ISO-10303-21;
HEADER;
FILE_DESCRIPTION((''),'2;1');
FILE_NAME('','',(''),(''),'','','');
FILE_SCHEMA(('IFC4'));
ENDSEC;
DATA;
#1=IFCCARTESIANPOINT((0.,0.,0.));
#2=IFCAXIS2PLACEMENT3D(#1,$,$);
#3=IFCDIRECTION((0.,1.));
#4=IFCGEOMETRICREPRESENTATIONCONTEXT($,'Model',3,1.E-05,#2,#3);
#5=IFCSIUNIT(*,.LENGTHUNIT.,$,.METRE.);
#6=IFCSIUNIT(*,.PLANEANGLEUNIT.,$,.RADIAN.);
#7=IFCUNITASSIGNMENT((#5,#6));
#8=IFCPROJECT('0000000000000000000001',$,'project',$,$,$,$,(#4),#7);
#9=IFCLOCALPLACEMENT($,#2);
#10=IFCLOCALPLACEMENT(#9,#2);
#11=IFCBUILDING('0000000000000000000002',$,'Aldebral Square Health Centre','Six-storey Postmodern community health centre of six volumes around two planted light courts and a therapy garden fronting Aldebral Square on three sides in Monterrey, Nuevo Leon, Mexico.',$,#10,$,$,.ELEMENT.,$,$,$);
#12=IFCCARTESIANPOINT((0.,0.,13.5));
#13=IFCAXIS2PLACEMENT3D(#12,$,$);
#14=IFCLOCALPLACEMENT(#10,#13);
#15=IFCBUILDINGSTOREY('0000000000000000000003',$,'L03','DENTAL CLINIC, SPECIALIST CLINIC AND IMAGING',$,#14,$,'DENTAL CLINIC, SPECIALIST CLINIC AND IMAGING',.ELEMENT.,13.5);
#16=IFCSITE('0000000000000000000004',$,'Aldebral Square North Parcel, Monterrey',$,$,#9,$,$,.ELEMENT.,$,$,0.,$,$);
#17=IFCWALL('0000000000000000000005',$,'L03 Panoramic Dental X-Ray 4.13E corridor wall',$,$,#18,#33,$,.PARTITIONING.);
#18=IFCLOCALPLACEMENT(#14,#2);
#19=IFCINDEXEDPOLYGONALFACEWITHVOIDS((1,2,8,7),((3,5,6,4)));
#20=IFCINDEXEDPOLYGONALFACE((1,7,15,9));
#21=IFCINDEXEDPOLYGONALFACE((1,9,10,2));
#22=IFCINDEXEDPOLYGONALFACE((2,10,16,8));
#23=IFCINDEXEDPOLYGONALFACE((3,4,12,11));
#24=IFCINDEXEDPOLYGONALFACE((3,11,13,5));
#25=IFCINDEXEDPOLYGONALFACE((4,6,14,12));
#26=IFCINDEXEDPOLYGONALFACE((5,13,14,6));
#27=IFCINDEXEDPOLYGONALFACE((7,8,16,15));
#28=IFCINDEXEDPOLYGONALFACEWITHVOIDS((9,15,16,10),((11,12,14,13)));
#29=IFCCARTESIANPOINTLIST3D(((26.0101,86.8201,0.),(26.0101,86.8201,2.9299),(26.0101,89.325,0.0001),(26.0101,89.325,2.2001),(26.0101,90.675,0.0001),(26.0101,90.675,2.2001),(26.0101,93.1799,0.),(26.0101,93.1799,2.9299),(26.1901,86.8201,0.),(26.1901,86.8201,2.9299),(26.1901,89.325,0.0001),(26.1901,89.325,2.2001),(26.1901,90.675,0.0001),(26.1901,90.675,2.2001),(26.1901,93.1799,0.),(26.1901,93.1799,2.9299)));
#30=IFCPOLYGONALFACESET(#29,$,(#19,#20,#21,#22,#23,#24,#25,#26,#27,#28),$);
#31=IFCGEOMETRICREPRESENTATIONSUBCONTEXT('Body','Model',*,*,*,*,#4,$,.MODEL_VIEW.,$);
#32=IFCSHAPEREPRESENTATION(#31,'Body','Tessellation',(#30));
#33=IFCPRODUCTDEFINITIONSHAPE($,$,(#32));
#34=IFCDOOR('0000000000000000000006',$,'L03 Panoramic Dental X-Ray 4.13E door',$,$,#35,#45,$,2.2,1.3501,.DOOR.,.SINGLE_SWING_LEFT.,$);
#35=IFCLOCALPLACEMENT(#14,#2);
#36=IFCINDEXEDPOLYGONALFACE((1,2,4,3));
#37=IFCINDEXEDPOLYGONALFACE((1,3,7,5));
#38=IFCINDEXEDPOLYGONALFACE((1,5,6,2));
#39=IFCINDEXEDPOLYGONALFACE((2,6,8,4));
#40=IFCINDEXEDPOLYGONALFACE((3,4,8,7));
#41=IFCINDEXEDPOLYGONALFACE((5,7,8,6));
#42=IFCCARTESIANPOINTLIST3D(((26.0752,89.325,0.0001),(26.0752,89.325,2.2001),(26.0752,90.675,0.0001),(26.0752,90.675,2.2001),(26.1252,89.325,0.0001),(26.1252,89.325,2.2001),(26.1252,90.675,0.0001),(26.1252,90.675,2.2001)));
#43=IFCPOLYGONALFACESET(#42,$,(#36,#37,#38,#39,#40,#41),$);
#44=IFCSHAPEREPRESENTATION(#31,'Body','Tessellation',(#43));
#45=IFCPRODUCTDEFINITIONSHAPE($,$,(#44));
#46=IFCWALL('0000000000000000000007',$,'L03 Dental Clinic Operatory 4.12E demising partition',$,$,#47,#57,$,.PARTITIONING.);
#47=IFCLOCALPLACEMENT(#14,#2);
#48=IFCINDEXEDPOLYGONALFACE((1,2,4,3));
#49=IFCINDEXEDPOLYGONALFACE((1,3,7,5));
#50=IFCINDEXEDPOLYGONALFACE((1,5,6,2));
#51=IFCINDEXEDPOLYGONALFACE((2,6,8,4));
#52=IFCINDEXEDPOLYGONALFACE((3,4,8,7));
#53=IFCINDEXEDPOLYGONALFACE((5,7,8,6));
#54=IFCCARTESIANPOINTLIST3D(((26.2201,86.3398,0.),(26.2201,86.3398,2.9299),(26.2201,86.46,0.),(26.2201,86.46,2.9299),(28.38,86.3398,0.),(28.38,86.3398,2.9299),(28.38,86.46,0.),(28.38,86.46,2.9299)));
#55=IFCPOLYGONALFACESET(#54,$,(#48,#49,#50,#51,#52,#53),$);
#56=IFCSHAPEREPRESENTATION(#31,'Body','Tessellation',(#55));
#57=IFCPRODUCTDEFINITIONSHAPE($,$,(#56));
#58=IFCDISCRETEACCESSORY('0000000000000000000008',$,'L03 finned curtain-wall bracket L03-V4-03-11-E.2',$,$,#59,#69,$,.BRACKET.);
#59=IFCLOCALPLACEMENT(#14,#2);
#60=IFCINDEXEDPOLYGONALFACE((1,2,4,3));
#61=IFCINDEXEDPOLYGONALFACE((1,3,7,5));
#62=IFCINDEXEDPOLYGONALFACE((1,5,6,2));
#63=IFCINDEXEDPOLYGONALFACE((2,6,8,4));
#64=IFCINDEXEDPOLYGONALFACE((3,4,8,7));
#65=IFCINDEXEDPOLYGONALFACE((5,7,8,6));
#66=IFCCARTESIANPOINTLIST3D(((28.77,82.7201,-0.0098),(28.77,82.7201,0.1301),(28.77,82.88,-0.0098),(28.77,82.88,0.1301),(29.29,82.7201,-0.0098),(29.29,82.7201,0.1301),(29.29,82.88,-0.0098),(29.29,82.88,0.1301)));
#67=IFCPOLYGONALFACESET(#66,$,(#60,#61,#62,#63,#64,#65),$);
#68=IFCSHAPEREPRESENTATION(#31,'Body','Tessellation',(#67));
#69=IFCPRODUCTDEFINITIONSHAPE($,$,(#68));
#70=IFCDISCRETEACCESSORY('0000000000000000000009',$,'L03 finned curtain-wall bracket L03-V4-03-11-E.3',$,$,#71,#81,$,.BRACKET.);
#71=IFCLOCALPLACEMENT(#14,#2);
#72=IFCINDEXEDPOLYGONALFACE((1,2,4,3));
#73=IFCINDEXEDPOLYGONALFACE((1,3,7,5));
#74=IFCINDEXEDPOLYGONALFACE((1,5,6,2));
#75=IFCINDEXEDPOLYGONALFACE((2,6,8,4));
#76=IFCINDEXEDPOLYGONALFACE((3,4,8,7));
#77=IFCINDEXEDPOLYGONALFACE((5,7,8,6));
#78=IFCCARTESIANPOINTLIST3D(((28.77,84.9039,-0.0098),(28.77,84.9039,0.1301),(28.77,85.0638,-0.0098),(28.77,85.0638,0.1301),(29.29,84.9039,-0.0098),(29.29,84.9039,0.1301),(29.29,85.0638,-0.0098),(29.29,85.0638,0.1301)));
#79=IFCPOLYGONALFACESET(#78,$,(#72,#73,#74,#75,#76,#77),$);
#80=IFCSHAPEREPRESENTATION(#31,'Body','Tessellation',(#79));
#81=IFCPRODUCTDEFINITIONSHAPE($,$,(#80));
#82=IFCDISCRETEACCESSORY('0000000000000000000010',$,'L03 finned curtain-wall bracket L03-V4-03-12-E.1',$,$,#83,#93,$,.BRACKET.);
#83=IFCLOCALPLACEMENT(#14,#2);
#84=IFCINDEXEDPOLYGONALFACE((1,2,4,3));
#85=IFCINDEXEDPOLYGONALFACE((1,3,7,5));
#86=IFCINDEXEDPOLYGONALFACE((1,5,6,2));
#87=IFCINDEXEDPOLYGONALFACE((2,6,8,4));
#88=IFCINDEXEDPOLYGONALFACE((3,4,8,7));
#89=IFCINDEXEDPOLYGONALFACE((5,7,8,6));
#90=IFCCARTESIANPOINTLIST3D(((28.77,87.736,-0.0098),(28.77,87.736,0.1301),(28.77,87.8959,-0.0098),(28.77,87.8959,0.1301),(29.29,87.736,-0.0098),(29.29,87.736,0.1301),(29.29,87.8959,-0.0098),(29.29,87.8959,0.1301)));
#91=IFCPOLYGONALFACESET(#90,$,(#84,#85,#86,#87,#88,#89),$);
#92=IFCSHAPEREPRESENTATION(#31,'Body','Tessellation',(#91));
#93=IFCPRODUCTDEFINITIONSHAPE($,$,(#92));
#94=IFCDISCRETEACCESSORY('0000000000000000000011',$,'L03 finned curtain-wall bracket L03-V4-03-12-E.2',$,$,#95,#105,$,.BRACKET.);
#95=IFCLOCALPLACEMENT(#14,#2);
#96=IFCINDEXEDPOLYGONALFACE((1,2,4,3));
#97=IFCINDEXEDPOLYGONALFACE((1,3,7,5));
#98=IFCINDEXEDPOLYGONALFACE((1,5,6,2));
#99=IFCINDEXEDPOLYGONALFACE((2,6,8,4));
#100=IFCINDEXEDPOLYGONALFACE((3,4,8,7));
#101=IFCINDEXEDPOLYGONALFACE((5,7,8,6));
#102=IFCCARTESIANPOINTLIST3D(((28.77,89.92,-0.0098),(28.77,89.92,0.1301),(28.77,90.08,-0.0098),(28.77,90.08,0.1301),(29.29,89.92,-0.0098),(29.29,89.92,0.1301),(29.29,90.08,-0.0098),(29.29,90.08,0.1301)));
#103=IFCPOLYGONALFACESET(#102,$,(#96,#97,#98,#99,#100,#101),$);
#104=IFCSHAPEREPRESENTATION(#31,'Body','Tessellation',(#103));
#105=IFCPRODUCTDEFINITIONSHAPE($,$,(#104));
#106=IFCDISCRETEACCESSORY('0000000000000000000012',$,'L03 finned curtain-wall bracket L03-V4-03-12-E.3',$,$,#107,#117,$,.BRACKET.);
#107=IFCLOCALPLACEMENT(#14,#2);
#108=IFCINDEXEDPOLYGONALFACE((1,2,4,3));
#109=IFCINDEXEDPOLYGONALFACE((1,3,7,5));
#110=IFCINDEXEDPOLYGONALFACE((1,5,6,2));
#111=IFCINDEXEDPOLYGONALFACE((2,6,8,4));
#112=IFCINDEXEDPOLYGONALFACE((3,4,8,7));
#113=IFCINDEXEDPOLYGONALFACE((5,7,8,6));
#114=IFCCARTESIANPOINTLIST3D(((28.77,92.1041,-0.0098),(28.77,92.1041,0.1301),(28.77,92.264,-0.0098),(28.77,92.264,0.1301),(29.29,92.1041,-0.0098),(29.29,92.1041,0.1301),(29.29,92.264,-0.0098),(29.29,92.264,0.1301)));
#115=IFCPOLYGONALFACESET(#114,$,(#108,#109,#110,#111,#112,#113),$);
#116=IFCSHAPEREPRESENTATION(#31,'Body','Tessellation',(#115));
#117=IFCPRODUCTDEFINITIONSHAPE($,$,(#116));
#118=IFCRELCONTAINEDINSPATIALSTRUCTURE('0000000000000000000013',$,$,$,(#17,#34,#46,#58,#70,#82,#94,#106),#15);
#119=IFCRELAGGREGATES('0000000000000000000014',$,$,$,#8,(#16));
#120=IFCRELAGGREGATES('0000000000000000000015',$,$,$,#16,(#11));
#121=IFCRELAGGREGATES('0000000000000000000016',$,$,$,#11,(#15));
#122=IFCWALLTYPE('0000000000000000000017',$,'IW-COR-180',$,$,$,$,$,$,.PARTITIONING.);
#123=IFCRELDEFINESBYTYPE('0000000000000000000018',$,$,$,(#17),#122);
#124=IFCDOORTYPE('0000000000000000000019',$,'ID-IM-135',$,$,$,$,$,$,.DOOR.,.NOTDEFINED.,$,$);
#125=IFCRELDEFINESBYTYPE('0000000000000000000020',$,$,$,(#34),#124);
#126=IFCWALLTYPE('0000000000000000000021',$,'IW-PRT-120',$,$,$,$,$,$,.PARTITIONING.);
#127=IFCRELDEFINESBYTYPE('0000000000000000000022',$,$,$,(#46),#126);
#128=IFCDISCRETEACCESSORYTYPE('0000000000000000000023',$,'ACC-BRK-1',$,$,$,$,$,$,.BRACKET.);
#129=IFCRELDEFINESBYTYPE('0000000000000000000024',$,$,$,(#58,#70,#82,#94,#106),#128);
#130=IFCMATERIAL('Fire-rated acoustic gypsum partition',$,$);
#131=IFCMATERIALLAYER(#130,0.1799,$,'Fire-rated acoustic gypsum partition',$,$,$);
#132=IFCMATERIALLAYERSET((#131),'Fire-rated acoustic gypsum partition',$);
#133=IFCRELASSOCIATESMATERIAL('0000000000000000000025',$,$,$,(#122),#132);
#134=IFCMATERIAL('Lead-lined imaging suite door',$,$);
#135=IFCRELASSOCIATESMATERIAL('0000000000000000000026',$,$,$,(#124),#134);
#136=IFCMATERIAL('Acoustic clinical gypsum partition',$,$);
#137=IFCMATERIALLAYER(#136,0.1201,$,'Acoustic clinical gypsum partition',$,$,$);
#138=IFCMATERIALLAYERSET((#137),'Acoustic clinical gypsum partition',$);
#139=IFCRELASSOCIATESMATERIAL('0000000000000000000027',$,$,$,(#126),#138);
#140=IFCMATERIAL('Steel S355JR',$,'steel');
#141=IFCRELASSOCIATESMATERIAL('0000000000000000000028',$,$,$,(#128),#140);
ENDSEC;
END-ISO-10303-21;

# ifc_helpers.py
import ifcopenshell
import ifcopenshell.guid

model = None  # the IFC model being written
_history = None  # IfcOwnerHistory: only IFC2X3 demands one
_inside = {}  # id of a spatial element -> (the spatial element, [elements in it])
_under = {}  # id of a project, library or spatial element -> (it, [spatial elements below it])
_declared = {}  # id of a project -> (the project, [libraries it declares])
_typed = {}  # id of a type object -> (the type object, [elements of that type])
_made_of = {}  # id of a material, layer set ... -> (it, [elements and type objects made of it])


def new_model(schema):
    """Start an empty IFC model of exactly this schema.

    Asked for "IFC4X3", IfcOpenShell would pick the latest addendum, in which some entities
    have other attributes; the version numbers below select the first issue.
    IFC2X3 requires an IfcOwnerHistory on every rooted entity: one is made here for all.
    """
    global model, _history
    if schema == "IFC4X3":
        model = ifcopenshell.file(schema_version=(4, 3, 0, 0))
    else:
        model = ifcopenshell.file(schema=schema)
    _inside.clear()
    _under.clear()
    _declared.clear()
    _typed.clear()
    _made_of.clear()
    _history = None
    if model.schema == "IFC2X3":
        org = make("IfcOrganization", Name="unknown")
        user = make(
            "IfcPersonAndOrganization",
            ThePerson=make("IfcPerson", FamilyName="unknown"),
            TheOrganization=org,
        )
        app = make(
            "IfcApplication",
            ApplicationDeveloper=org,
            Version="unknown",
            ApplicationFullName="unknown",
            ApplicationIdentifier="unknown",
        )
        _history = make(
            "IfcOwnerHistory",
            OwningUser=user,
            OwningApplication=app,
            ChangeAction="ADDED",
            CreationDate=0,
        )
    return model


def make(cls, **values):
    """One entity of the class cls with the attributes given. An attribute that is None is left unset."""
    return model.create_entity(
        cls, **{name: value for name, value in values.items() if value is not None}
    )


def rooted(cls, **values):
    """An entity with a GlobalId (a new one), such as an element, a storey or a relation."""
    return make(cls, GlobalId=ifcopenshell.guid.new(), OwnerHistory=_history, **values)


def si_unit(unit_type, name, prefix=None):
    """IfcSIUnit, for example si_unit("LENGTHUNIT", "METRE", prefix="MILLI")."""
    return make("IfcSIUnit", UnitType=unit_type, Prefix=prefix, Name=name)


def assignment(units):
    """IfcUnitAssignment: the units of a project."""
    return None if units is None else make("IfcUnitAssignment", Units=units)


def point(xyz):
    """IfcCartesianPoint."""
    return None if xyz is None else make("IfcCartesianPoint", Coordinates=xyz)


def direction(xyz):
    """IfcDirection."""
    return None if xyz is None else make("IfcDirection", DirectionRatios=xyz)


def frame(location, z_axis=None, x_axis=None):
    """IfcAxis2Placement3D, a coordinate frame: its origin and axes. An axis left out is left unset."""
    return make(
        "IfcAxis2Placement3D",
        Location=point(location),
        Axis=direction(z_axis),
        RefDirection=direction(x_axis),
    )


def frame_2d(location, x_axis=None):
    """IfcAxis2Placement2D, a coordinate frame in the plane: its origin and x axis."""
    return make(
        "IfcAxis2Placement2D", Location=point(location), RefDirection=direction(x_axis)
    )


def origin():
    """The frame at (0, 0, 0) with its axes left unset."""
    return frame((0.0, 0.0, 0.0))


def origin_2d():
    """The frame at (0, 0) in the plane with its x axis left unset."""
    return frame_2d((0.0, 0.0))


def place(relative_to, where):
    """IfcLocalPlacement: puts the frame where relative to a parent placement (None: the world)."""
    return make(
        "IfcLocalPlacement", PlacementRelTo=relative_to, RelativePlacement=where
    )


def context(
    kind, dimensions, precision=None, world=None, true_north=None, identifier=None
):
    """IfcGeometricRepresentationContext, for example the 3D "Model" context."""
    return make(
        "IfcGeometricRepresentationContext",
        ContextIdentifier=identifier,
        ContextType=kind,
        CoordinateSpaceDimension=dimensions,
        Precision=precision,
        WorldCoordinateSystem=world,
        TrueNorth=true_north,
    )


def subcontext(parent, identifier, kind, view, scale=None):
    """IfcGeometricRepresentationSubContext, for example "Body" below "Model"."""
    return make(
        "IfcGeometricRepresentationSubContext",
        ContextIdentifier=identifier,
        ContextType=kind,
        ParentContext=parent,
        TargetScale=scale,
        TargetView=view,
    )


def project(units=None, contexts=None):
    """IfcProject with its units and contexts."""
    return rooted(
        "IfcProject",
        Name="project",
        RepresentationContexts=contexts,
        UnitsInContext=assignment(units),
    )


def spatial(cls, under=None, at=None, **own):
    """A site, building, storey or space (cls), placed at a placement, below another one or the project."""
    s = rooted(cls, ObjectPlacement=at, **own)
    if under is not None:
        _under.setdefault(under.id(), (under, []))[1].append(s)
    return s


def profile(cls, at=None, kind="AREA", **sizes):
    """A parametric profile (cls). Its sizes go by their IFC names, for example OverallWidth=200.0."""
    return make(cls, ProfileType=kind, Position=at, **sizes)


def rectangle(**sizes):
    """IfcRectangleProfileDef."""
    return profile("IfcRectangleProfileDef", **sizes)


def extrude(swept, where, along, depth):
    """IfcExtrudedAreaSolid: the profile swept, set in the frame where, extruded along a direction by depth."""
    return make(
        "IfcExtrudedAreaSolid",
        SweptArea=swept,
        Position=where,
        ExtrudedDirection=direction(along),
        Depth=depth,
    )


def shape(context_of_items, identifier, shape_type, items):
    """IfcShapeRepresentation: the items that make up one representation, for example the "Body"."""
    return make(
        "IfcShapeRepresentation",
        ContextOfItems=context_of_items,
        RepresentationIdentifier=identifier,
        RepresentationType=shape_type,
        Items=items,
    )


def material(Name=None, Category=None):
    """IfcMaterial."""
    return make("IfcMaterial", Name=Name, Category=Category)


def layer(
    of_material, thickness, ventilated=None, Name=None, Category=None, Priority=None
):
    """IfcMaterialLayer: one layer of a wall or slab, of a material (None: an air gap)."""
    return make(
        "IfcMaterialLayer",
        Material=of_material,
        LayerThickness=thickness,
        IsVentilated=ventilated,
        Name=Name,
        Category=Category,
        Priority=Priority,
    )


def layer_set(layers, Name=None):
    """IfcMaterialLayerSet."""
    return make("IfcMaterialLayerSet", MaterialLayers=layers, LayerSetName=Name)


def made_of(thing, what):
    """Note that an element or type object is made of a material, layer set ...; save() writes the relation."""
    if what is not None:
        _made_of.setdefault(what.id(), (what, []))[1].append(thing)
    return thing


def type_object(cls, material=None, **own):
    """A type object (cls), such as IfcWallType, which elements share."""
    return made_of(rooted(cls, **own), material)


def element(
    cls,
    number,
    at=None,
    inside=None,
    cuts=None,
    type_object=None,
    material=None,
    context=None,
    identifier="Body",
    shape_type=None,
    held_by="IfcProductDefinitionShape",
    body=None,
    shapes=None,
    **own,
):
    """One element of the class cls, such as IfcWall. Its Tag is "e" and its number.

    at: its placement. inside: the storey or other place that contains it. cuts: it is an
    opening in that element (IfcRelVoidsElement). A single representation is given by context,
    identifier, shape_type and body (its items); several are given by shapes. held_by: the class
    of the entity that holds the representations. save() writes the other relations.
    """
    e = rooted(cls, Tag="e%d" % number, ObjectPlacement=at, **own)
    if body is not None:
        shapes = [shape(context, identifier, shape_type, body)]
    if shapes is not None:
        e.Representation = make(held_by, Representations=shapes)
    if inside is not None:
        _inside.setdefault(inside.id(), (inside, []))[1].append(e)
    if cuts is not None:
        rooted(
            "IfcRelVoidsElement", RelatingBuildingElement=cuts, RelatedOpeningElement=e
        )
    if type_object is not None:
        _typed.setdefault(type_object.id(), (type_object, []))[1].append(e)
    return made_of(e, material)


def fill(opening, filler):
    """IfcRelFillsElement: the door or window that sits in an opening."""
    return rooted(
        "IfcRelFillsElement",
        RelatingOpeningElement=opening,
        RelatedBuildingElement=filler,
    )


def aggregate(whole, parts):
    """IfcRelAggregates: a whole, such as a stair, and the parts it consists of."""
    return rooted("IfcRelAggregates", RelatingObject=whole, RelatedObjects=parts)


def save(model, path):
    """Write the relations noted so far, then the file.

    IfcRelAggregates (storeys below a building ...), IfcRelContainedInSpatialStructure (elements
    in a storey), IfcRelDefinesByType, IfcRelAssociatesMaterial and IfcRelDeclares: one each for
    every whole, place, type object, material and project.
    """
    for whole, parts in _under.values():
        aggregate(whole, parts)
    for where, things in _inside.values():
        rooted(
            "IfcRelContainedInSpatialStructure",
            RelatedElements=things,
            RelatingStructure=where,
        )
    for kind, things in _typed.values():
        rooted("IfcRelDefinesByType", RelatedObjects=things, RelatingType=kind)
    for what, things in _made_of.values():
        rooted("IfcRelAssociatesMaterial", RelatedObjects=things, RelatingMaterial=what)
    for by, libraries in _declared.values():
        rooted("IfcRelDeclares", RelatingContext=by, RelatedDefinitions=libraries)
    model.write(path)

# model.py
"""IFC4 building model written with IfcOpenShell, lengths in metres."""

from ifc_helpers import new_model, si_unit, direction, frame, frame_2d, origin, origin_2d, place, context, subcontext, project, spatial, rectangle, extrude, material, layer, layer_set, type_object, element, fill, save


model = new_model("IFC4")

# Units and contexts
model_context = context("Model", 3, precision=1e-05, world=origin(), true_north=direction((0.0, 1.0)))
body_context = subcontext(model_context, "Body", "Model", "MODEL_VIEW")
ifc_project = project(units=[si_unit("LENGTHUNIT", "METRE"), si_unit("PLANEANGLEUNIT", "RADIAN")], contexts=[model_context])

# Site, building, storey
site_placement = place(None, origin())
site = spatial("IfcSite", under=ifc_project, at=site_placement, Name="Aldebral Square North Parcel, Monterrey", CompositionType="ELEMENT", RefElevation=0.0)
building_placement = place(site_placement, origin())
building = spatial("IfcBuilding", under=site, at=building_placement, Name="Aldebral Square Health Centre", Description="Six-storey Postmodern community health centre of six volumes around two planted light courts and a therapy garden fronting Aldebral Square on three sides in Monterrey, Nuevo Leon, Mexico.", CompositionType="ELEMENT")
storey_placement = place(building_placement, frame((0.0, 0.0, 13.5)))
storey = spatial("IfcBuildingStorey", under=building, at=storey_placement, Name="L03", Description="DENTAL CLINIC, SPECIALIST CLINIC AND IMAGING", LongName="DENTAL CLINIC, SPECIALIST CLINIC AND IMAGING", CompositionType="ELEMENT", Elevation=13.5)

# Wall, opening, door
ifc_material_1 = material(Name="Fire-rated acoustic gypsum partition")
ifc_layer_1 = layer(ifc_material_1, 0.1799, Name="Fire-rated acoustic gypsum partition")
ifc_layer_set_1 = layer_set([ifc_layer_1], Name="Fire-rated acoustic gypsum partition")
wall_type_1 = type_object("IfcWallType", Name="IW-COR-180", PredefinedType="PARTITIONING", material=ifc_layer_set_1)
wall_1_placement = place(storey_placement, frame((26.1001, 86.8201, 0.0), z_axis=(0.0, 0.0, 1.0), x_axis=(0.0, 1.0, 0.0)))
wall_1 = element("IfcWall", 1, at=wall_1_placement, inside=storey, type_object=wall_type_1, Name="L03 Panoramic Dental X-Ray 4.13E corridor wall", PredefinedType="PARTITIONING", context=body_context, shape_type="SweptSolid", body=[
    extrude(rectangle(XDim=6.3599, YDim=0.1799, at=frame_2d((3.1799, 0.0))), origin(), (0.0, 0.0, 1.0), 2.9299),
])
opening_1_placement = place(wall_1_placement, frame((2.5049, 0.0, 0.0)))
opening_1 = element("IfcOpeningElement", 2, at=opening_1_placement, cuts=wall_1, PredefinedType="OPENING", context=body_context, shape_type="SweptSolid", body=[
    extrude(rectangle(XDim=1.3501, YDim=2.2, at=frame_2d((0.675, 1.1001))), frame((0.0, 0.1001, 0.0), z_axis=(0.0, -1.0, 0.0), x_axis=(1.0, 0.0, 0.0)), (0.0, 0.0, 1.0), 0.2),
])
ifc_material_2 = material(Name="Lead-lined imaging suite door")
door_type_1 = type_object("IfcDoorType", Name="ID-IM-135", OperationType="NOTDEFINED", PredefinedType="DOOR", material=ifc_material_2)
door_1_placement = place(opening_1_placement, origin())
door_1 = element("IfcDoor", 3, at=door_1_placement, inside=storey, type_object=door_type_1, Name="L03 Panoramic Dental X-Ray 4.13E door", OperationType="SINGLE_SWING_LEFT", OverallHeight=2.2, OverallWidth=1.3501, PredefinedType="DOOR", context=body_context, shape_type="SweptSolid", body=[
    extrude(rectangle(XDim=1.3501, YDim=2.2, at=frame_2d((0.675, 1.1001))), frame((0.0, 0.0249, 0.0), z_axis=(0.0, -1.0, 0.0), x_axis=(1.0, 0.0, 0.0)), (0.0, 0.0, 1.0), 0.05),
])
fill(opening_1, door_1)

# Wall
ifc_material_3 = material(Name="Acoustic clinical gypsum partition")
ifc_layer_2 = layer(ifc_material_3, 0.1201, Name="Acoustic clinical gypsum partition")
ifc_layer_set_2 = layer_set([ifc_layer_2], Name="Acoustic clinical gypsum partition")
wall_type_2 = type_object("IfcWallType", Name="IW-PRT-120", PredefinedType="PARTITIONING", material=ifc_layer_set_2)
wall_2_placement = place(storey_placement, frame((26.22, 86.3999, 0.0), z_axis=(0.0, 0.0, 1.0), x_axis=(1.0, 0.0, 0.0)))
element("IfcWall", 4, at=wall_2_placement, inside=storey, type_object=wall_type_2, Name="L03 Dental Clinic Operatory 4.12E demising partition", PredefinedType="PARTITIONING", context=body_context, shape_type="SweptSolid", body=[
    extrude(rectangle(XDim=2.1599, YDim=0.1201, at=frame_2d((1.0801, 0.0))), origin(), (0.0, 0.0, 1.0), 2.9299),
])

# Discrete accessories
ifc_material_4 = material(Name="Steel S355JR", Category="steel")
discrete_accessory_type = type_object("IfcDiscreteAccessoryType", Name="ACC-BRK-1", PredefinedType="BRACKET", material=ifc_material_4)
for number, where, z_axis, x_axis, name in (
    (5, (29.03, 82.8, -0.0098), (0.0, 0.0, 1.0), (0.0, 1.0, 0.0), "L03 finned curtain-wall bracket L03-V4-03-11-E.2"),
    (6, (29.03, 84.9839, -0.0098), (0.0, 0.0, 1.0), (0.0, 1.0, 0.0), "L03 finned curtain-wall bracket L03-V4-03-11-E.3"),
    (7, (29.03, 87.8159, -0.0098), (0.0, 0.0, 1.0), (0.0, 1.0, 0.0), "L03 finned curtain-wall bracket L03-V4-03-12-E.1"),
    (8, (29.03, 90.0, -0.0098), (0.0, 0.0, 1.0), (0.0, 1.0, 0.0), "L03 finned curtain-wall bracket L03-V4-03-12-E.2"),
    (9, (29.03, 92.1841, -0.0098), (0.0, 0.0, 1.0), (0.0, 1.0, 0.0), "L03 finned curtain-wall bracket L03-V4-03-12-E.3"),
):
    element("IfcDiscreteAccessory", number, at=place(storey_placement, frame(where, z_axis=z_axis, x_axis=x_axis)), inside=storey, type_object=discrete_accessory_type, Name=name, PredefinedType="BRACKET", context=body_context, shape_type="SweptSolid", body=[
        extrude(rectangle(XDim=0.1599, YDim=0.52, at=origin_2d()), origin(), (0.0, 0.0, 1.0), 0.1399),
    ])

save(model, "model.ifc")
